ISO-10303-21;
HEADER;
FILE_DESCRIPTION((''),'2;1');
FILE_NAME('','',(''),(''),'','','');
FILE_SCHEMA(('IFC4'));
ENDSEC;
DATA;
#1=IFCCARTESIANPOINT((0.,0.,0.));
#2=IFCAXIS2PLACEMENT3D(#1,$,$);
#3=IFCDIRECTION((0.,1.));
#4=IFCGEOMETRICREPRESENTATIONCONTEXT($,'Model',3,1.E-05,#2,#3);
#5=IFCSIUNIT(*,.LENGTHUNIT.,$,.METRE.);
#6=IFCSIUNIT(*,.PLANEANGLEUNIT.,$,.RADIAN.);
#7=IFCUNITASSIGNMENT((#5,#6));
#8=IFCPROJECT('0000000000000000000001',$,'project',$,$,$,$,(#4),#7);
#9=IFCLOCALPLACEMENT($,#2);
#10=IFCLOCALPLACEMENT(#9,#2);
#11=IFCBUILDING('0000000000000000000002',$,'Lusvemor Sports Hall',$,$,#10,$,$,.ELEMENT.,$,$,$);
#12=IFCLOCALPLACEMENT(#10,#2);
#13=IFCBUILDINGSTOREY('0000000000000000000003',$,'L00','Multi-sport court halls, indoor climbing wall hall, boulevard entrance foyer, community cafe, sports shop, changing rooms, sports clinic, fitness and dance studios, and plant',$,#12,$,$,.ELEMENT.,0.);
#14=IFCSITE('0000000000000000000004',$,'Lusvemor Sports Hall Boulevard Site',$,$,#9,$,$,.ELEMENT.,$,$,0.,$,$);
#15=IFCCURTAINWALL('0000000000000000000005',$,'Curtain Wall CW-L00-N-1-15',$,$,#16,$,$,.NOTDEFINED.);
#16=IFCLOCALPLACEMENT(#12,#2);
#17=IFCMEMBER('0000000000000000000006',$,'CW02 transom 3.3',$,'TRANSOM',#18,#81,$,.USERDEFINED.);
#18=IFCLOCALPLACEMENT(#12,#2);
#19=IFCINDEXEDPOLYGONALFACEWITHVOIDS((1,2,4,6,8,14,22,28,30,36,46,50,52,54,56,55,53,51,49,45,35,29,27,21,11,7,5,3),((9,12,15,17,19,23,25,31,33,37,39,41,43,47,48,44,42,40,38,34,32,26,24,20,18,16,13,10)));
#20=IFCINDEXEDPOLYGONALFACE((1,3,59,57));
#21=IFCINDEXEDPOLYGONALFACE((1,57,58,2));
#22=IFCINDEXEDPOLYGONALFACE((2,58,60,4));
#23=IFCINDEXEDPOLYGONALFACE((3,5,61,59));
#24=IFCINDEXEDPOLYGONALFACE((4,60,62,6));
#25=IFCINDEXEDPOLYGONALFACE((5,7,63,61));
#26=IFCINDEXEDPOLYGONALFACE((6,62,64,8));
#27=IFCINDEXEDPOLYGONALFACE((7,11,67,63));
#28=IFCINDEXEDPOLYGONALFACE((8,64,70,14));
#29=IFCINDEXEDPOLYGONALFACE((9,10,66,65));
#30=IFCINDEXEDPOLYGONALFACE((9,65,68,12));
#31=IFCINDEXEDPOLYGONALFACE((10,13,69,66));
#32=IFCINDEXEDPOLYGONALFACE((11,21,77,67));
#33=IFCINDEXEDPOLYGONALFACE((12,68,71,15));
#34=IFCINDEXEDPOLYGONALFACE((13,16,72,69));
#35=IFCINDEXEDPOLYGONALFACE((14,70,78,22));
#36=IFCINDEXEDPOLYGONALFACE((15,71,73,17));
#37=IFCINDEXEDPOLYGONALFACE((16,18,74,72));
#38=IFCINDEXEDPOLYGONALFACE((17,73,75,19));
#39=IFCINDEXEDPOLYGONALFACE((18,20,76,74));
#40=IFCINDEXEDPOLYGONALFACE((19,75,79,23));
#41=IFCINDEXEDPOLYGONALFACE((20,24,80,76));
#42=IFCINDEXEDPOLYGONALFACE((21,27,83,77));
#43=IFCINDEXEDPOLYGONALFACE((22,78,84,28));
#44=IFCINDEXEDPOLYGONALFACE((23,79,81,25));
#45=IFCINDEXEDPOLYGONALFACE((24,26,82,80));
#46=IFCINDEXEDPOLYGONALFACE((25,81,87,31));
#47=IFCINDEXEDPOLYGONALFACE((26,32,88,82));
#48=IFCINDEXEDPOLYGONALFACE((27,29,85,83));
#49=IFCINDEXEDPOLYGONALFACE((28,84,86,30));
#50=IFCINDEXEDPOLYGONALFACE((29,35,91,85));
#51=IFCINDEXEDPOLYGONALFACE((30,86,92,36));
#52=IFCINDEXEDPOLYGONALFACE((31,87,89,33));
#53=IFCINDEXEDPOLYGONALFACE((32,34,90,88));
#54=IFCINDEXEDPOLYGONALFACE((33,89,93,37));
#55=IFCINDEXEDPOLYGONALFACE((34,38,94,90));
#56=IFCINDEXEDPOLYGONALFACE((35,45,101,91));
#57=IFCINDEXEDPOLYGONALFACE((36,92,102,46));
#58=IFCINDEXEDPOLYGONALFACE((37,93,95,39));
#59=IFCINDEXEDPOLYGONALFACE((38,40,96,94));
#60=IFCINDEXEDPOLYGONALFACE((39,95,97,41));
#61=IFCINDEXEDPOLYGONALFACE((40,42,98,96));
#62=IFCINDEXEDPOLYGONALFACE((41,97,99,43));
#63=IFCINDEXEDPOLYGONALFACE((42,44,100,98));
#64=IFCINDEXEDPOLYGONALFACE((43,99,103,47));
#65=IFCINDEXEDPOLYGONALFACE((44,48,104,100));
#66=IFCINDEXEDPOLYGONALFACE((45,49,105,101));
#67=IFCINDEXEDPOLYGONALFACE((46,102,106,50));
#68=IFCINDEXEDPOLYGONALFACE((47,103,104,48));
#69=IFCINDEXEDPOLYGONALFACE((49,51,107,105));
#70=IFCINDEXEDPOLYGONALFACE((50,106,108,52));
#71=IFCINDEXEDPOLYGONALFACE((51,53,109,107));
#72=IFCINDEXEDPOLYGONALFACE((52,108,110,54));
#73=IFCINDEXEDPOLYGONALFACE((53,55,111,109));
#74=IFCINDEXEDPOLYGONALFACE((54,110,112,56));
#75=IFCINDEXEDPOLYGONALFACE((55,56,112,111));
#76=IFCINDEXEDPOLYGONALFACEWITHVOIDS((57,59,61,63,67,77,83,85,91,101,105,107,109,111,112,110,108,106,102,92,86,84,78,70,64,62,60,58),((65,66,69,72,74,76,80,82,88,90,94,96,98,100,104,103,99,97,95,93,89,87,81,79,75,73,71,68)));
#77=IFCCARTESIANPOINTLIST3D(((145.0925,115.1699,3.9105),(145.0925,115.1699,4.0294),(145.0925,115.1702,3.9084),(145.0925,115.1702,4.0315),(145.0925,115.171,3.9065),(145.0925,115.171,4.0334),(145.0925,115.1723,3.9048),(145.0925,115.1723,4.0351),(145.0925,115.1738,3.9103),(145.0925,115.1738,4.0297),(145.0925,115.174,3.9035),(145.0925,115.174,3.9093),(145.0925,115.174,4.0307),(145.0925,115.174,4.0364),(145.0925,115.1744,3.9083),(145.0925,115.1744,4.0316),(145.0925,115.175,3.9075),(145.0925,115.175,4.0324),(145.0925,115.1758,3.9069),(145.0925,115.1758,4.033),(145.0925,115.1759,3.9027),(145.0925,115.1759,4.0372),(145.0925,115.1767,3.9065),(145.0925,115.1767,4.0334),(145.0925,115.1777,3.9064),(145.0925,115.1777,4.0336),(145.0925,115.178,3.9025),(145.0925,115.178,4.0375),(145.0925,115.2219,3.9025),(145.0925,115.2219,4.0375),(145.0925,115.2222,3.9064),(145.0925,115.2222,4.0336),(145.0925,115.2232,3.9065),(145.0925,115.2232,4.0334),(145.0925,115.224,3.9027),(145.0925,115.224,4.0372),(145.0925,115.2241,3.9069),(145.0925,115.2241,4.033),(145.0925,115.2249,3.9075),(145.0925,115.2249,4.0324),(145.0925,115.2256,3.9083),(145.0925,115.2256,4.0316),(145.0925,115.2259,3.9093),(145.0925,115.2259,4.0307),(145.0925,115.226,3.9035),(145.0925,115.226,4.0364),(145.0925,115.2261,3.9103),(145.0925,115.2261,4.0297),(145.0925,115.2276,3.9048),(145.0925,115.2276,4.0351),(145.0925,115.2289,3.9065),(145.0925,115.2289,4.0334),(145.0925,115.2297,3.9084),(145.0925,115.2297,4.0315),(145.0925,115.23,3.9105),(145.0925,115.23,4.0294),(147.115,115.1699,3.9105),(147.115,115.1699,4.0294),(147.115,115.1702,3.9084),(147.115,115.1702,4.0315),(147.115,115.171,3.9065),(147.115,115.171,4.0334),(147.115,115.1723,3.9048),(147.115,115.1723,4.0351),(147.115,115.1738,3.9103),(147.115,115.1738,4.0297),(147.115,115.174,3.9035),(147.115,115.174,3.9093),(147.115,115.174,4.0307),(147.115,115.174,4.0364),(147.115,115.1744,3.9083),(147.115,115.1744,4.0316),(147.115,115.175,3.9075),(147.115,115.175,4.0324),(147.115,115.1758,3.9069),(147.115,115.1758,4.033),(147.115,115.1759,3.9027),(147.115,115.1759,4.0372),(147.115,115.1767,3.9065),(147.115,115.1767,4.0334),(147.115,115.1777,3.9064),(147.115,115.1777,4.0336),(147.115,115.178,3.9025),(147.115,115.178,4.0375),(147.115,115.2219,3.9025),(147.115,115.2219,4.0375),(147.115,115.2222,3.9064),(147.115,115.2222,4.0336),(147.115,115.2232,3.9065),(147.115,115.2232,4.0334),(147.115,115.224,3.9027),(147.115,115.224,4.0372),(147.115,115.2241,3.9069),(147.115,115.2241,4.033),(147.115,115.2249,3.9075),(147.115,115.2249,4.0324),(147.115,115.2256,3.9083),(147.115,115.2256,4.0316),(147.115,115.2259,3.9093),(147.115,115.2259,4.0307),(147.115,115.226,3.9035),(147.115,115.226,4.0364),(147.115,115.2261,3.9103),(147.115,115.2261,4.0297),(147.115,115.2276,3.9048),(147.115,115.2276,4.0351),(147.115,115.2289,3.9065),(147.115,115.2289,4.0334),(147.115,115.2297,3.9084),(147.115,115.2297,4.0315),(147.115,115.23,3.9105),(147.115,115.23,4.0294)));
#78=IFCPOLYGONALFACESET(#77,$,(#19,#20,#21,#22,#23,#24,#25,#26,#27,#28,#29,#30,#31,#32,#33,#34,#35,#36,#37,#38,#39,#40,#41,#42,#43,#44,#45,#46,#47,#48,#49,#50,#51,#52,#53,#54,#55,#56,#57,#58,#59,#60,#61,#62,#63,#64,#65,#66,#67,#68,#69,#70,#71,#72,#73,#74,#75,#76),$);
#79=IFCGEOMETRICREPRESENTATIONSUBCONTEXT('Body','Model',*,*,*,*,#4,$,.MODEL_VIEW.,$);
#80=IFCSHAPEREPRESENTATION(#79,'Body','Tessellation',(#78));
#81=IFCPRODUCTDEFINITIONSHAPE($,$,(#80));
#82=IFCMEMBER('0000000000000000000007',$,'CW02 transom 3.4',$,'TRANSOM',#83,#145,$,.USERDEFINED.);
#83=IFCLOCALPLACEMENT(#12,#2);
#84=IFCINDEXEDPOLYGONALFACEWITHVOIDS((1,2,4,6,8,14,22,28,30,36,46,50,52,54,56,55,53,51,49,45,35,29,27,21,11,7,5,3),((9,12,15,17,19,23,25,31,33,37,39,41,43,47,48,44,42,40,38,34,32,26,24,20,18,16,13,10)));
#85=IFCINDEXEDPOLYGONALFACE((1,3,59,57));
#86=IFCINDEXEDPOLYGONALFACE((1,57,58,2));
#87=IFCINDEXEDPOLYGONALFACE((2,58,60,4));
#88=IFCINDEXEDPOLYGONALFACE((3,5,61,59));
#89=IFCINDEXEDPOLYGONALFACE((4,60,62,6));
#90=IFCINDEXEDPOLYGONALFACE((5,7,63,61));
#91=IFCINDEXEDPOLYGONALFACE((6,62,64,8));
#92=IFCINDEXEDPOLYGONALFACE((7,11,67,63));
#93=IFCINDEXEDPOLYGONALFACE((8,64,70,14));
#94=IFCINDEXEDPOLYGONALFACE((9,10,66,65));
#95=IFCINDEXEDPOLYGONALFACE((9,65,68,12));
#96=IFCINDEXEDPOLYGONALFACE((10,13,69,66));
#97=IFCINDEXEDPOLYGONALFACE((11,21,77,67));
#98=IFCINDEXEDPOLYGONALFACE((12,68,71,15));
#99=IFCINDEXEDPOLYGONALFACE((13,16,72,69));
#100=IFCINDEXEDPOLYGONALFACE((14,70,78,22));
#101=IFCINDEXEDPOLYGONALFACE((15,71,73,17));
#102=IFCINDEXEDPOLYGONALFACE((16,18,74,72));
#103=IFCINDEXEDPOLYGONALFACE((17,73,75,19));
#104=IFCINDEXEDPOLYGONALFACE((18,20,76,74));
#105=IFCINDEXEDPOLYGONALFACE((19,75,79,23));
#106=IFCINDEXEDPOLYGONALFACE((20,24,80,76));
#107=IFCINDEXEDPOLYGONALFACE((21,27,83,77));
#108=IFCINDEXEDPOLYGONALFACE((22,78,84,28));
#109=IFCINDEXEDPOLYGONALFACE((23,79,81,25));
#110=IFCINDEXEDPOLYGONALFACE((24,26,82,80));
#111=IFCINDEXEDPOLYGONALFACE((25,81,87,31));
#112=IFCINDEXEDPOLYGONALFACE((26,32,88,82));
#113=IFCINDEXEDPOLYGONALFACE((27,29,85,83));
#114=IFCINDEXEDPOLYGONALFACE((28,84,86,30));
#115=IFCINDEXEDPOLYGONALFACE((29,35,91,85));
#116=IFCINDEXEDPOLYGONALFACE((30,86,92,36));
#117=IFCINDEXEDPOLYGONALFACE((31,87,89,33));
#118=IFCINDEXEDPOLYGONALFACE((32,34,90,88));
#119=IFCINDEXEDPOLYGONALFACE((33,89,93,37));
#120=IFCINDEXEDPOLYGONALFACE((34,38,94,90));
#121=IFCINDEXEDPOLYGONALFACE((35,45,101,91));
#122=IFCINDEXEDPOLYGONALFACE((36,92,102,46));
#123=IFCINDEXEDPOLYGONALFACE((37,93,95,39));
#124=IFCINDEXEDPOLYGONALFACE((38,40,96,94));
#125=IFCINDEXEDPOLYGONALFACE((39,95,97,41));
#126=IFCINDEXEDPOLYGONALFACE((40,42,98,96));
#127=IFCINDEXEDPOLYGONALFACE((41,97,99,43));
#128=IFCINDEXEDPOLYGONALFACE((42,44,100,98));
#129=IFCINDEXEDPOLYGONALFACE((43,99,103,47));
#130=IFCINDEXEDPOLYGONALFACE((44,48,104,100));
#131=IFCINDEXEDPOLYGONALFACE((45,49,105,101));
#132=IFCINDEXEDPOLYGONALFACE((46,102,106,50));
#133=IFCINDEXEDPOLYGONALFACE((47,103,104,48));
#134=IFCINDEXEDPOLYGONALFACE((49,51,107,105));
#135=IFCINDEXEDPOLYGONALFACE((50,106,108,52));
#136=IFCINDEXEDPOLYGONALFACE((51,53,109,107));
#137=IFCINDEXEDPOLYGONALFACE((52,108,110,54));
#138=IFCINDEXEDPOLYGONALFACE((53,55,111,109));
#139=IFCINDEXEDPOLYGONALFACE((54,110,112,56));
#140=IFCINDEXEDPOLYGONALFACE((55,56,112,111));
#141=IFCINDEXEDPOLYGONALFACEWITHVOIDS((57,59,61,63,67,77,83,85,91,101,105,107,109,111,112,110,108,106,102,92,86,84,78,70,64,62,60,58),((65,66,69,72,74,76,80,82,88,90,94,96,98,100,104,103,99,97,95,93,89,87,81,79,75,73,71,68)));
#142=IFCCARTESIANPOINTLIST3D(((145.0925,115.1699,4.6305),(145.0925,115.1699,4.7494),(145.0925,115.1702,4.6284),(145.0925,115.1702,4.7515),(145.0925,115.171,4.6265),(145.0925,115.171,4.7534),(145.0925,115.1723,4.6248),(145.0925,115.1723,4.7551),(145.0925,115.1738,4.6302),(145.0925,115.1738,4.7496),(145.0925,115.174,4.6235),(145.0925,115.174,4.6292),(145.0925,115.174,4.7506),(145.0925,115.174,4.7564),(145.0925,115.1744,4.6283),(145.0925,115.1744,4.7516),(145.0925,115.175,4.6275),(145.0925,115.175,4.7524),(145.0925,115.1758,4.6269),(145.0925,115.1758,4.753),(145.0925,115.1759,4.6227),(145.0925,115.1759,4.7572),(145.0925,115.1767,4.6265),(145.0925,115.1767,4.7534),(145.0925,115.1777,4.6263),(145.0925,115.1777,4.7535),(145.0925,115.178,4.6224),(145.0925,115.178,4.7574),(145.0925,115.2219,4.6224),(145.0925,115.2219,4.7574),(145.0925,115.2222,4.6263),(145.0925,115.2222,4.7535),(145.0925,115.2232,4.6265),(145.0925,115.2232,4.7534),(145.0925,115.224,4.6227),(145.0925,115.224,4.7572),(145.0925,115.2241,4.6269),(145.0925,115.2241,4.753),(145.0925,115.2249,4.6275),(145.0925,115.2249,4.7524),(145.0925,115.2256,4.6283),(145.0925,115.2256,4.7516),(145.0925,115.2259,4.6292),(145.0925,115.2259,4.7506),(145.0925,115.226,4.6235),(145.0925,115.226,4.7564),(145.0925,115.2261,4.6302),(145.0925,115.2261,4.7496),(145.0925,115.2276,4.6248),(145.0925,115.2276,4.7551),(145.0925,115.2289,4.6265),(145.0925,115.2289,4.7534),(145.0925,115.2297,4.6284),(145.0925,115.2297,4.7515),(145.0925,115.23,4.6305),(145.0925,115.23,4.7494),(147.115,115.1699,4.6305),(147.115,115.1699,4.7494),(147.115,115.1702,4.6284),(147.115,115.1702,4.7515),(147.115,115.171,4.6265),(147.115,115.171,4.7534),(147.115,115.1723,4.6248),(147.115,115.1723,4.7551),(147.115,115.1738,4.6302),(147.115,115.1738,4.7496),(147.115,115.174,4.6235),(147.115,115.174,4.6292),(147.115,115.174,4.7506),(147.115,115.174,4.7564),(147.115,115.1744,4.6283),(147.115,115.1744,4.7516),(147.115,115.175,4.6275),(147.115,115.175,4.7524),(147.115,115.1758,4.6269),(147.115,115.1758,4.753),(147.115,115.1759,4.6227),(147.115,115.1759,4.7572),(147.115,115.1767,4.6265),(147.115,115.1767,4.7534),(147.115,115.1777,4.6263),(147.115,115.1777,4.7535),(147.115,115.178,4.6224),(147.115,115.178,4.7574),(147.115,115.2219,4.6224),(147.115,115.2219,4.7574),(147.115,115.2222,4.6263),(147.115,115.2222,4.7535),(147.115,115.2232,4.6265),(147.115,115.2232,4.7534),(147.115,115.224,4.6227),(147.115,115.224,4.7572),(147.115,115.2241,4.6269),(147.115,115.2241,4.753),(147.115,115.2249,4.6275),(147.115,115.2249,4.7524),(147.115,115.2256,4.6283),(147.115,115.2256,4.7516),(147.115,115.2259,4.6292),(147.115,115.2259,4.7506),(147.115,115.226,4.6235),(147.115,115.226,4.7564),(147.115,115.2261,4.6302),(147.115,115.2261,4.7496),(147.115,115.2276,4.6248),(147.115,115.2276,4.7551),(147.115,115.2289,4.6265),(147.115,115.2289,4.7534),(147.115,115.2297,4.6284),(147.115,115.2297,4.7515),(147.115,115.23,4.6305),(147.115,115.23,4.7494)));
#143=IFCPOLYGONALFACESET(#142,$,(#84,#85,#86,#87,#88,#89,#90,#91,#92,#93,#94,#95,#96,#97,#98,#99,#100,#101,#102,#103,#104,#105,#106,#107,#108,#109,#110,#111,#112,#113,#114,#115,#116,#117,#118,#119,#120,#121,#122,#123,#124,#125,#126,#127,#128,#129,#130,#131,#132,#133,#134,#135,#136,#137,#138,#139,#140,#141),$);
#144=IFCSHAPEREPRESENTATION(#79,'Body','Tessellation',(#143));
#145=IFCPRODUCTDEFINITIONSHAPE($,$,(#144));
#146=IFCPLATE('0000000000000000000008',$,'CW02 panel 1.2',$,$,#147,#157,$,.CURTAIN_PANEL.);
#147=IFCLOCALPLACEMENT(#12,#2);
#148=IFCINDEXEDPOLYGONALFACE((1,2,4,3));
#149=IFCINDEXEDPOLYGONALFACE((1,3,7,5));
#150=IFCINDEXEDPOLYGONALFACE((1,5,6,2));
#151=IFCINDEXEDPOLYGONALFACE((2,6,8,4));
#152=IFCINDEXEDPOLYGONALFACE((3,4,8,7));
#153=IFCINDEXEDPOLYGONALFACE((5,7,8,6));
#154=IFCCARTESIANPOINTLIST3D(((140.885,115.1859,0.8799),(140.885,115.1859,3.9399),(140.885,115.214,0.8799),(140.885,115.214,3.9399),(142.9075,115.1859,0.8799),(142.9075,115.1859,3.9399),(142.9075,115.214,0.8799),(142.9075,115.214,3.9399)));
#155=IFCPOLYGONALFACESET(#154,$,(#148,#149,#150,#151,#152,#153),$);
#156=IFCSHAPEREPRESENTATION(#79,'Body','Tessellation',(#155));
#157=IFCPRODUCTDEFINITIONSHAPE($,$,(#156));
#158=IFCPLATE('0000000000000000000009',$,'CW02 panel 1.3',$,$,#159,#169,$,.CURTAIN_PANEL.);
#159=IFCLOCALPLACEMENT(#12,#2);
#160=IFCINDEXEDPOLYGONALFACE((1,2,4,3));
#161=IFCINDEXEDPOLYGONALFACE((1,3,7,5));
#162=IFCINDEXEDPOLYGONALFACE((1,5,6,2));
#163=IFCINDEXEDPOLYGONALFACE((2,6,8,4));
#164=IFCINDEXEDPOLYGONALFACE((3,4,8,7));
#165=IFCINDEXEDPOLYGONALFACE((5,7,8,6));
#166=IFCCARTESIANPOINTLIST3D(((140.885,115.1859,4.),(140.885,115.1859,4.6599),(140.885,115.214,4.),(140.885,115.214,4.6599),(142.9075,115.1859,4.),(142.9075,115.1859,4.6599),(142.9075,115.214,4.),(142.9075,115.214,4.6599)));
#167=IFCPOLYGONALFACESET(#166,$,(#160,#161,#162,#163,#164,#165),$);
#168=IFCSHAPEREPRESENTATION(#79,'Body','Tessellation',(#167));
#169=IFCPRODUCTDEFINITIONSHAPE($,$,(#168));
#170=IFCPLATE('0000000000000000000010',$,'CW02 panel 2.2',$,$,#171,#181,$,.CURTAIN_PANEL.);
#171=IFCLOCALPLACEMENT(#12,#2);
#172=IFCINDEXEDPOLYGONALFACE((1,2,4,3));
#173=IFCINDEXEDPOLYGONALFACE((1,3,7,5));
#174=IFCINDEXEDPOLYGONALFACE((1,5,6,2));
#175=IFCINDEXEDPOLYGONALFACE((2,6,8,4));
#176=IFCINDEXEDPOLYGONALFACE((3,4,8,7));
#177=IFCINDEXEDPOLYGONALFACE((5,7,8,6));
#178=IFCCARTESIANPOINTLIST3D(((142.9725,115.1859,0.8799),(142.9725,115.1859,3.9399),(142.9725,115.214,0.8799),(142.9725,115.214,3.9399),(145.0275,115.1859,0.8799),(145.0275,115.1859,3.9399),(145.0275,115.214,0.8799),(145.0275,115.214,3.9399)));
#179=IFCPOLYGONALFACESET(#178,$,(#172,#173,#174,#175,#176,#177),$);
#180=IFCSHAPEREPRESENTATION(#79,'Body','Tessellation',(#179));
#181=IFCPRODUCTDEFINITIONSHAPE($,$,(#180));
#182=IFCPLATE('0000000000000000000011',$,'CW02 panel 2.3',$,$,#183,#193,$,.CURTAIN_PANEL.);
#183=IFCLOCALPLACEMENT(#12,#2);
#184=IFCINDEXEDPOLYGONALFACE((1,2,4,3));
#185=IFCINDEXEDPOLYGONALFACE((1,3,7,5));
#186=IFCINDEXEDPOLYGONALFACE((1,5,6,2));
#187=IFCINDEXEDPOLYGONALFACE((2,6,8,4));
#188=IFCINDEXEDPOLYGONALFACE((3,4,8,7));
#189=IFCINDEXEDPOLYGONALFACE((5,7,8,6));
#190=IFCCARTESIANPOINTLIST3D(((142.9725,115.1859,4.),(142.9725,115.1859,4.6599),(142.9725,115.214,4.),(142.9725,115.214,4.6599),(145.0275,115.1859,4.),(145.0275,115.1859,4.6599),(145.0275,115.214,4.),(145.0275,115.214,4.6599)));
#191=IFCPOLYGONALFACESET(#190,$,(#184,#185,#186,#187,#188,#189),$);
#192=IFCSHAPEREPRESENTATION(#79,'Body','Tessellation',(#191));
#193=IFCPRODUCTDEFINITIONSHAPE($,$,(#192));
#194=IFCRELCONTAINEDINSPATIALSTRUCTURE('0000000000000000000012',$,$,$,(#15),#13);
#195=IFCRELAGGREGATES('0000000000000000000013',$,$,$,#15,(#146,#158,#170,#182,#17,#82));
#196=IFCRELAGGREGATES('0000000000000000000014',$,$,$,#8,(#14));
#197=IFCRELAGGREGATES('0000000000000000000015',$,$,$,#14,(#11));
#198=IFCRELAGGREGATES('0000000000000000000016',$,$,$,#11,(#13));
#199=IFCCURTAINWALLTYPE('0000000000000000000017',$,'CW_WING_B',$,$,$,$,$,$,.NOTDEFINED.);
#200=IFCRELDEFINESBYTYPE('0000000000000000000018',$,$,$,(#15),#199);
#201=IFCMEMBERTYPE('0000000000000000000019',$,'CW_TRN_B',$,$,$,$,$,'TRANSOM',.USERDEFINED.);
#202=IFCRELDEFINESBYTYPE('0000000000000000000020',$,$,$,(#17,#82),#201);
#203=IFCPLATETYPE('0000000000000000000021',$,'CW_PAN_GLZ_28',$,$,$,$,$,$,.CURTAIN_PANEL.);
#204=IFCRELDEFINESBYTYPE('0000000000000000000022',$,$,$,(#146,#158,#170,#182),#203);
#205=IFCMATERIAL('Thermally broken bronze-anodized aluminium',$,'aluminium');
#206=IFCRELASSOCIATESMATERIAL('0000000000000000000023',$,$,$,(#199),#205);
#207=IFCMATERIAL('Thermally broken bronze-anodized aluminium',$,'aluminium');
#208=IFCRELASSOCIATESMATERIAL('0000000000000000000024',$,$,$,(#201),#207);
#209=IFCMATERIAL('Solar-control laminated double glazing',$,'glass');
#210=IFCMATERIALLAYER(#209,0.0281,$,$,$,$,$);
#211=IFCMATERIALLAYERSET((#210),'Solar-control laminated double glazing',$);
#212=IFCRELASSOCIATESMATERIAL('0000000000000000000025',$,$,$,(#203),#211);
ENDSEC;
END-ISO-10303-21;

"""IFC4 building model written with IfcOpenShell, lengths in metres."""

from ifc_helpers import new_model, si_unit, direction, frame, origin, origin_2d, place, context, subcontext, project, spatial, rectangle, hollow_rectangle, extrude, material, layer, layer_set, material_profile, profile_set, type_object, element, aggregate, save


model = new_model("IFC4")

# Units and contexts
model_context = context("Model", 3, precision=1e-05, world=origin(), true_north=direction((0.0, 1.0)))
body_context = subcontext(model_context, "Body", "Model", "MODEL_VIEW")
ifc_project = project(units=[si_unit("LENGTHUNIT", "METRE"), si_unit("PLANEANGLEUNIT", "RADIAN")], contexts=[model_context])

# Site, building, storey
site_placement = place(None, origin())
site = spatial("IfcSite", under=ifc_project, at=site_placement, Name="Lusvemor Sports Hall Boulevard Site", CompositionType="ELEMENT", RefElevation=0.0)
building_placement = place(site_placement, origin())
building = spatial("IfcBuilding", under=site, at=building_placement, Name="Lusvemor Sports Hall", CompositionType="ELEMENT")
storey_placement = place(building_placement, origin())
storey = spatial("IfcBuildingStorey", under=building, at=storey_placement, Name="L00", Description="Multi-sport court halls, indoor climbing wall hall, boulevard entrance foyer, community cafe, sports shop, changing rooms, sports clinic, fitness and dance studios, and plant", CompositionType="ELEMENT", Elevation=0.0)

# Curtain wall, members, plates
ifc_material_1 = material(Name="Thermally broken bronze-anodized aluminium", Category="aluminium")
curtain_wall_type = type_object("IfcCurtainWallType", Name="CW_WING_B", PredefinedType="NOTDEFINED", material=ifc_material_1)
curtain_wall_placement = place(storey_placement, origin())
curtain_wall = element("IfcCurtainWall", 1, at=curtain_wall_placement, inside=storey, type_object=curtain_wall_type, Name="Curtain Wall CW-L00-N-1-15", PredefinedType="NOTDEFINED")
ifc_material_2 = material(Name="Thermally broken bronze-anodized aluminium", Category="aluminium")
ifc_material_profile_1 = material_profile(ifc_material_2, hollow_rectangle(XDim=0.0601, YDim=0.135, WallThickness=0.0039, InnerFilletRadius=0.0039, OuterFilletRadius=0.0081, at=origin_2d()), Name="CWTRN135x60x4")
ifc_profile_set_1 = profile_set([ifc_material_profile_1], Name="Thermally broken bronze-anodized aluminium")
member_type_1 = type_object("IfcMemberType", Name="CW_TRN_B", ElementType="TRANSOM", PredefinedType="USERDEFINED", material=ifc_profile_set_1)
member_1_placement = place(storey_placement, frame((145.0925, 115.2, 3.97), z_axis=(1.0, 0.0, 0.0), x_axis=(0.0, 1.0, 0.0)))
member_1 = element("IfcMember", 2, at=member_1_placement, type_object=member_type_1, Name="CW02 transom 3.3", ObjectType="TRANSOM", PredefinedType="USERDEFINED", context=body_context, shape_type="SweptSolid", body=[
    extrude(hollow_rectangle(XDim=0.0601, YDim=0.135, WallThickness=0.0039, InnerFilletRadius=0.0039, OuterFilletRadius=0.0081, at=origin_2d()), origin(), (0.0, 0.0, 1.0), 2.0225),
])
member_2_placement = place(storey_placement, frame((145.0925, 115.2, 4.6899), z_axis=(1.0, 0.0, 0.0), x_axis=(0.0, 1.0, 0.0)))
member_2 = element("IfcMember", 3, at=member_2_placement, type_object=member_type_1, Name="CW02 transom 3.4", ObjectType="TRANSOM", PredefinedType="USERDEFINED", context=body_context, shape_type="SweptSolid", body=[
    extrude(hollow_rectangle(XDim=0.0601, YDim=0.135, WallThickness=0.0039, InnerFilletRadius=0.0039, OuterFilletRadius=0.0081, at=origin_2d()), origin(), (0.0, 0.0, 1.0), 2.0225),
])
ifc_material_3 = material(Name="Solar-control laminated double glazing", Category="glass")
ifc_layer_1 = layer(ifc_material_3, 0.0281)
ifc_layer_set_1 = layer_set([ifc_layer_1], Name="Solar-control laminated double glazing")
plate_type_1 = type_object("IfcPlateType", Name="CW_PAN_GLZ_28", PredefinedType="CURTAIN_PANEL", material=ifc_layer_set_1)
plate_1_placement = place(storey_placement, frame((141.8962, 115.2, 0.8799), z_axis=(0.0, 0.0, 1.0), x_axis=(1.0, 0.0, 0.0)))
plate_1 = element("IfcPlate", 4, at=plate_1_placement, type_object=plate_type_1, Name="CW02 panel 1.2", PredefinedType="CURTAIN_PANEL", context=body_context, shape_type="SweptSolid", body=[
    extrude(rectangle(XDim=2.0225, YDim=0.0281, at=origin_2d()), origin(), (0.0, 0.0, 1.0), 3.0601),
])
plate_2_placement = place(storey_placement, frame((141.8962, 115.2, 4.0), z_axis=(0.0, 0.0, 1.0), x_axis=(1.0, 0.0, 0.0)))
plate_2 = element("IfcPlate", 5, at=plate_2_placement, type_object=plate_type_1, Name="CW02 panel 1.3", PredefinedType="CURTAIN_PANEL", context=body_context, shape_type="SweptSolid", body=[
    extrude(rectangle(XDim=2.0225, YDim=0.0281, at=origin_2d()), origin(), (0.0, 0.0, 1.0), 0.6599),
])
plate_3_placement = place(storey_placement, frame((144.0, 115.2, 0.8799), z_axis=(0.0, 0.0, 1.0), x_axis=(1.0, 0.0, 0.0)))
plate_3 = element("IfcPlate", 6, at=plate_3_placement, type_object=plate_type_1, Name="CW02 panel 2.2", PredefinedType="CURTAIN_PANEL", context=body_context, shape_type="SweptSolid", body=[
    extrude(rectangle(XDim=2.0549, YDim=0.0281, at=origin_2d()), origin(), (0.0, 0.0, 1.0), 3.0601),
])
plate_4_placement = place(storey_placement, frame((144.0, 115.2, 4.0), z_axis=(0.0, 0.0, 1.0), x_axis=(1.0, 0.0, 0.0)))
plate_4 = element("IfcPlate", 7, at=plate_4_placement, type_object=plate_type_1, Name="CW02 panel 2.3", PredefinedType="CURTAIN_PANEL", context=body_context, shape_type="SweptSolid", body=[
    extrude(rectangle(XDim=2.0549, YDim=0.0281, at=origin_2d()), origin(), (0.0, 0.0, 1.0), 0.6599),
])
aggregate(curtain_wall, [plate_1, plate_2, plate_3, plate_4, member_1, member_2])

save(model, "model.ifc")
